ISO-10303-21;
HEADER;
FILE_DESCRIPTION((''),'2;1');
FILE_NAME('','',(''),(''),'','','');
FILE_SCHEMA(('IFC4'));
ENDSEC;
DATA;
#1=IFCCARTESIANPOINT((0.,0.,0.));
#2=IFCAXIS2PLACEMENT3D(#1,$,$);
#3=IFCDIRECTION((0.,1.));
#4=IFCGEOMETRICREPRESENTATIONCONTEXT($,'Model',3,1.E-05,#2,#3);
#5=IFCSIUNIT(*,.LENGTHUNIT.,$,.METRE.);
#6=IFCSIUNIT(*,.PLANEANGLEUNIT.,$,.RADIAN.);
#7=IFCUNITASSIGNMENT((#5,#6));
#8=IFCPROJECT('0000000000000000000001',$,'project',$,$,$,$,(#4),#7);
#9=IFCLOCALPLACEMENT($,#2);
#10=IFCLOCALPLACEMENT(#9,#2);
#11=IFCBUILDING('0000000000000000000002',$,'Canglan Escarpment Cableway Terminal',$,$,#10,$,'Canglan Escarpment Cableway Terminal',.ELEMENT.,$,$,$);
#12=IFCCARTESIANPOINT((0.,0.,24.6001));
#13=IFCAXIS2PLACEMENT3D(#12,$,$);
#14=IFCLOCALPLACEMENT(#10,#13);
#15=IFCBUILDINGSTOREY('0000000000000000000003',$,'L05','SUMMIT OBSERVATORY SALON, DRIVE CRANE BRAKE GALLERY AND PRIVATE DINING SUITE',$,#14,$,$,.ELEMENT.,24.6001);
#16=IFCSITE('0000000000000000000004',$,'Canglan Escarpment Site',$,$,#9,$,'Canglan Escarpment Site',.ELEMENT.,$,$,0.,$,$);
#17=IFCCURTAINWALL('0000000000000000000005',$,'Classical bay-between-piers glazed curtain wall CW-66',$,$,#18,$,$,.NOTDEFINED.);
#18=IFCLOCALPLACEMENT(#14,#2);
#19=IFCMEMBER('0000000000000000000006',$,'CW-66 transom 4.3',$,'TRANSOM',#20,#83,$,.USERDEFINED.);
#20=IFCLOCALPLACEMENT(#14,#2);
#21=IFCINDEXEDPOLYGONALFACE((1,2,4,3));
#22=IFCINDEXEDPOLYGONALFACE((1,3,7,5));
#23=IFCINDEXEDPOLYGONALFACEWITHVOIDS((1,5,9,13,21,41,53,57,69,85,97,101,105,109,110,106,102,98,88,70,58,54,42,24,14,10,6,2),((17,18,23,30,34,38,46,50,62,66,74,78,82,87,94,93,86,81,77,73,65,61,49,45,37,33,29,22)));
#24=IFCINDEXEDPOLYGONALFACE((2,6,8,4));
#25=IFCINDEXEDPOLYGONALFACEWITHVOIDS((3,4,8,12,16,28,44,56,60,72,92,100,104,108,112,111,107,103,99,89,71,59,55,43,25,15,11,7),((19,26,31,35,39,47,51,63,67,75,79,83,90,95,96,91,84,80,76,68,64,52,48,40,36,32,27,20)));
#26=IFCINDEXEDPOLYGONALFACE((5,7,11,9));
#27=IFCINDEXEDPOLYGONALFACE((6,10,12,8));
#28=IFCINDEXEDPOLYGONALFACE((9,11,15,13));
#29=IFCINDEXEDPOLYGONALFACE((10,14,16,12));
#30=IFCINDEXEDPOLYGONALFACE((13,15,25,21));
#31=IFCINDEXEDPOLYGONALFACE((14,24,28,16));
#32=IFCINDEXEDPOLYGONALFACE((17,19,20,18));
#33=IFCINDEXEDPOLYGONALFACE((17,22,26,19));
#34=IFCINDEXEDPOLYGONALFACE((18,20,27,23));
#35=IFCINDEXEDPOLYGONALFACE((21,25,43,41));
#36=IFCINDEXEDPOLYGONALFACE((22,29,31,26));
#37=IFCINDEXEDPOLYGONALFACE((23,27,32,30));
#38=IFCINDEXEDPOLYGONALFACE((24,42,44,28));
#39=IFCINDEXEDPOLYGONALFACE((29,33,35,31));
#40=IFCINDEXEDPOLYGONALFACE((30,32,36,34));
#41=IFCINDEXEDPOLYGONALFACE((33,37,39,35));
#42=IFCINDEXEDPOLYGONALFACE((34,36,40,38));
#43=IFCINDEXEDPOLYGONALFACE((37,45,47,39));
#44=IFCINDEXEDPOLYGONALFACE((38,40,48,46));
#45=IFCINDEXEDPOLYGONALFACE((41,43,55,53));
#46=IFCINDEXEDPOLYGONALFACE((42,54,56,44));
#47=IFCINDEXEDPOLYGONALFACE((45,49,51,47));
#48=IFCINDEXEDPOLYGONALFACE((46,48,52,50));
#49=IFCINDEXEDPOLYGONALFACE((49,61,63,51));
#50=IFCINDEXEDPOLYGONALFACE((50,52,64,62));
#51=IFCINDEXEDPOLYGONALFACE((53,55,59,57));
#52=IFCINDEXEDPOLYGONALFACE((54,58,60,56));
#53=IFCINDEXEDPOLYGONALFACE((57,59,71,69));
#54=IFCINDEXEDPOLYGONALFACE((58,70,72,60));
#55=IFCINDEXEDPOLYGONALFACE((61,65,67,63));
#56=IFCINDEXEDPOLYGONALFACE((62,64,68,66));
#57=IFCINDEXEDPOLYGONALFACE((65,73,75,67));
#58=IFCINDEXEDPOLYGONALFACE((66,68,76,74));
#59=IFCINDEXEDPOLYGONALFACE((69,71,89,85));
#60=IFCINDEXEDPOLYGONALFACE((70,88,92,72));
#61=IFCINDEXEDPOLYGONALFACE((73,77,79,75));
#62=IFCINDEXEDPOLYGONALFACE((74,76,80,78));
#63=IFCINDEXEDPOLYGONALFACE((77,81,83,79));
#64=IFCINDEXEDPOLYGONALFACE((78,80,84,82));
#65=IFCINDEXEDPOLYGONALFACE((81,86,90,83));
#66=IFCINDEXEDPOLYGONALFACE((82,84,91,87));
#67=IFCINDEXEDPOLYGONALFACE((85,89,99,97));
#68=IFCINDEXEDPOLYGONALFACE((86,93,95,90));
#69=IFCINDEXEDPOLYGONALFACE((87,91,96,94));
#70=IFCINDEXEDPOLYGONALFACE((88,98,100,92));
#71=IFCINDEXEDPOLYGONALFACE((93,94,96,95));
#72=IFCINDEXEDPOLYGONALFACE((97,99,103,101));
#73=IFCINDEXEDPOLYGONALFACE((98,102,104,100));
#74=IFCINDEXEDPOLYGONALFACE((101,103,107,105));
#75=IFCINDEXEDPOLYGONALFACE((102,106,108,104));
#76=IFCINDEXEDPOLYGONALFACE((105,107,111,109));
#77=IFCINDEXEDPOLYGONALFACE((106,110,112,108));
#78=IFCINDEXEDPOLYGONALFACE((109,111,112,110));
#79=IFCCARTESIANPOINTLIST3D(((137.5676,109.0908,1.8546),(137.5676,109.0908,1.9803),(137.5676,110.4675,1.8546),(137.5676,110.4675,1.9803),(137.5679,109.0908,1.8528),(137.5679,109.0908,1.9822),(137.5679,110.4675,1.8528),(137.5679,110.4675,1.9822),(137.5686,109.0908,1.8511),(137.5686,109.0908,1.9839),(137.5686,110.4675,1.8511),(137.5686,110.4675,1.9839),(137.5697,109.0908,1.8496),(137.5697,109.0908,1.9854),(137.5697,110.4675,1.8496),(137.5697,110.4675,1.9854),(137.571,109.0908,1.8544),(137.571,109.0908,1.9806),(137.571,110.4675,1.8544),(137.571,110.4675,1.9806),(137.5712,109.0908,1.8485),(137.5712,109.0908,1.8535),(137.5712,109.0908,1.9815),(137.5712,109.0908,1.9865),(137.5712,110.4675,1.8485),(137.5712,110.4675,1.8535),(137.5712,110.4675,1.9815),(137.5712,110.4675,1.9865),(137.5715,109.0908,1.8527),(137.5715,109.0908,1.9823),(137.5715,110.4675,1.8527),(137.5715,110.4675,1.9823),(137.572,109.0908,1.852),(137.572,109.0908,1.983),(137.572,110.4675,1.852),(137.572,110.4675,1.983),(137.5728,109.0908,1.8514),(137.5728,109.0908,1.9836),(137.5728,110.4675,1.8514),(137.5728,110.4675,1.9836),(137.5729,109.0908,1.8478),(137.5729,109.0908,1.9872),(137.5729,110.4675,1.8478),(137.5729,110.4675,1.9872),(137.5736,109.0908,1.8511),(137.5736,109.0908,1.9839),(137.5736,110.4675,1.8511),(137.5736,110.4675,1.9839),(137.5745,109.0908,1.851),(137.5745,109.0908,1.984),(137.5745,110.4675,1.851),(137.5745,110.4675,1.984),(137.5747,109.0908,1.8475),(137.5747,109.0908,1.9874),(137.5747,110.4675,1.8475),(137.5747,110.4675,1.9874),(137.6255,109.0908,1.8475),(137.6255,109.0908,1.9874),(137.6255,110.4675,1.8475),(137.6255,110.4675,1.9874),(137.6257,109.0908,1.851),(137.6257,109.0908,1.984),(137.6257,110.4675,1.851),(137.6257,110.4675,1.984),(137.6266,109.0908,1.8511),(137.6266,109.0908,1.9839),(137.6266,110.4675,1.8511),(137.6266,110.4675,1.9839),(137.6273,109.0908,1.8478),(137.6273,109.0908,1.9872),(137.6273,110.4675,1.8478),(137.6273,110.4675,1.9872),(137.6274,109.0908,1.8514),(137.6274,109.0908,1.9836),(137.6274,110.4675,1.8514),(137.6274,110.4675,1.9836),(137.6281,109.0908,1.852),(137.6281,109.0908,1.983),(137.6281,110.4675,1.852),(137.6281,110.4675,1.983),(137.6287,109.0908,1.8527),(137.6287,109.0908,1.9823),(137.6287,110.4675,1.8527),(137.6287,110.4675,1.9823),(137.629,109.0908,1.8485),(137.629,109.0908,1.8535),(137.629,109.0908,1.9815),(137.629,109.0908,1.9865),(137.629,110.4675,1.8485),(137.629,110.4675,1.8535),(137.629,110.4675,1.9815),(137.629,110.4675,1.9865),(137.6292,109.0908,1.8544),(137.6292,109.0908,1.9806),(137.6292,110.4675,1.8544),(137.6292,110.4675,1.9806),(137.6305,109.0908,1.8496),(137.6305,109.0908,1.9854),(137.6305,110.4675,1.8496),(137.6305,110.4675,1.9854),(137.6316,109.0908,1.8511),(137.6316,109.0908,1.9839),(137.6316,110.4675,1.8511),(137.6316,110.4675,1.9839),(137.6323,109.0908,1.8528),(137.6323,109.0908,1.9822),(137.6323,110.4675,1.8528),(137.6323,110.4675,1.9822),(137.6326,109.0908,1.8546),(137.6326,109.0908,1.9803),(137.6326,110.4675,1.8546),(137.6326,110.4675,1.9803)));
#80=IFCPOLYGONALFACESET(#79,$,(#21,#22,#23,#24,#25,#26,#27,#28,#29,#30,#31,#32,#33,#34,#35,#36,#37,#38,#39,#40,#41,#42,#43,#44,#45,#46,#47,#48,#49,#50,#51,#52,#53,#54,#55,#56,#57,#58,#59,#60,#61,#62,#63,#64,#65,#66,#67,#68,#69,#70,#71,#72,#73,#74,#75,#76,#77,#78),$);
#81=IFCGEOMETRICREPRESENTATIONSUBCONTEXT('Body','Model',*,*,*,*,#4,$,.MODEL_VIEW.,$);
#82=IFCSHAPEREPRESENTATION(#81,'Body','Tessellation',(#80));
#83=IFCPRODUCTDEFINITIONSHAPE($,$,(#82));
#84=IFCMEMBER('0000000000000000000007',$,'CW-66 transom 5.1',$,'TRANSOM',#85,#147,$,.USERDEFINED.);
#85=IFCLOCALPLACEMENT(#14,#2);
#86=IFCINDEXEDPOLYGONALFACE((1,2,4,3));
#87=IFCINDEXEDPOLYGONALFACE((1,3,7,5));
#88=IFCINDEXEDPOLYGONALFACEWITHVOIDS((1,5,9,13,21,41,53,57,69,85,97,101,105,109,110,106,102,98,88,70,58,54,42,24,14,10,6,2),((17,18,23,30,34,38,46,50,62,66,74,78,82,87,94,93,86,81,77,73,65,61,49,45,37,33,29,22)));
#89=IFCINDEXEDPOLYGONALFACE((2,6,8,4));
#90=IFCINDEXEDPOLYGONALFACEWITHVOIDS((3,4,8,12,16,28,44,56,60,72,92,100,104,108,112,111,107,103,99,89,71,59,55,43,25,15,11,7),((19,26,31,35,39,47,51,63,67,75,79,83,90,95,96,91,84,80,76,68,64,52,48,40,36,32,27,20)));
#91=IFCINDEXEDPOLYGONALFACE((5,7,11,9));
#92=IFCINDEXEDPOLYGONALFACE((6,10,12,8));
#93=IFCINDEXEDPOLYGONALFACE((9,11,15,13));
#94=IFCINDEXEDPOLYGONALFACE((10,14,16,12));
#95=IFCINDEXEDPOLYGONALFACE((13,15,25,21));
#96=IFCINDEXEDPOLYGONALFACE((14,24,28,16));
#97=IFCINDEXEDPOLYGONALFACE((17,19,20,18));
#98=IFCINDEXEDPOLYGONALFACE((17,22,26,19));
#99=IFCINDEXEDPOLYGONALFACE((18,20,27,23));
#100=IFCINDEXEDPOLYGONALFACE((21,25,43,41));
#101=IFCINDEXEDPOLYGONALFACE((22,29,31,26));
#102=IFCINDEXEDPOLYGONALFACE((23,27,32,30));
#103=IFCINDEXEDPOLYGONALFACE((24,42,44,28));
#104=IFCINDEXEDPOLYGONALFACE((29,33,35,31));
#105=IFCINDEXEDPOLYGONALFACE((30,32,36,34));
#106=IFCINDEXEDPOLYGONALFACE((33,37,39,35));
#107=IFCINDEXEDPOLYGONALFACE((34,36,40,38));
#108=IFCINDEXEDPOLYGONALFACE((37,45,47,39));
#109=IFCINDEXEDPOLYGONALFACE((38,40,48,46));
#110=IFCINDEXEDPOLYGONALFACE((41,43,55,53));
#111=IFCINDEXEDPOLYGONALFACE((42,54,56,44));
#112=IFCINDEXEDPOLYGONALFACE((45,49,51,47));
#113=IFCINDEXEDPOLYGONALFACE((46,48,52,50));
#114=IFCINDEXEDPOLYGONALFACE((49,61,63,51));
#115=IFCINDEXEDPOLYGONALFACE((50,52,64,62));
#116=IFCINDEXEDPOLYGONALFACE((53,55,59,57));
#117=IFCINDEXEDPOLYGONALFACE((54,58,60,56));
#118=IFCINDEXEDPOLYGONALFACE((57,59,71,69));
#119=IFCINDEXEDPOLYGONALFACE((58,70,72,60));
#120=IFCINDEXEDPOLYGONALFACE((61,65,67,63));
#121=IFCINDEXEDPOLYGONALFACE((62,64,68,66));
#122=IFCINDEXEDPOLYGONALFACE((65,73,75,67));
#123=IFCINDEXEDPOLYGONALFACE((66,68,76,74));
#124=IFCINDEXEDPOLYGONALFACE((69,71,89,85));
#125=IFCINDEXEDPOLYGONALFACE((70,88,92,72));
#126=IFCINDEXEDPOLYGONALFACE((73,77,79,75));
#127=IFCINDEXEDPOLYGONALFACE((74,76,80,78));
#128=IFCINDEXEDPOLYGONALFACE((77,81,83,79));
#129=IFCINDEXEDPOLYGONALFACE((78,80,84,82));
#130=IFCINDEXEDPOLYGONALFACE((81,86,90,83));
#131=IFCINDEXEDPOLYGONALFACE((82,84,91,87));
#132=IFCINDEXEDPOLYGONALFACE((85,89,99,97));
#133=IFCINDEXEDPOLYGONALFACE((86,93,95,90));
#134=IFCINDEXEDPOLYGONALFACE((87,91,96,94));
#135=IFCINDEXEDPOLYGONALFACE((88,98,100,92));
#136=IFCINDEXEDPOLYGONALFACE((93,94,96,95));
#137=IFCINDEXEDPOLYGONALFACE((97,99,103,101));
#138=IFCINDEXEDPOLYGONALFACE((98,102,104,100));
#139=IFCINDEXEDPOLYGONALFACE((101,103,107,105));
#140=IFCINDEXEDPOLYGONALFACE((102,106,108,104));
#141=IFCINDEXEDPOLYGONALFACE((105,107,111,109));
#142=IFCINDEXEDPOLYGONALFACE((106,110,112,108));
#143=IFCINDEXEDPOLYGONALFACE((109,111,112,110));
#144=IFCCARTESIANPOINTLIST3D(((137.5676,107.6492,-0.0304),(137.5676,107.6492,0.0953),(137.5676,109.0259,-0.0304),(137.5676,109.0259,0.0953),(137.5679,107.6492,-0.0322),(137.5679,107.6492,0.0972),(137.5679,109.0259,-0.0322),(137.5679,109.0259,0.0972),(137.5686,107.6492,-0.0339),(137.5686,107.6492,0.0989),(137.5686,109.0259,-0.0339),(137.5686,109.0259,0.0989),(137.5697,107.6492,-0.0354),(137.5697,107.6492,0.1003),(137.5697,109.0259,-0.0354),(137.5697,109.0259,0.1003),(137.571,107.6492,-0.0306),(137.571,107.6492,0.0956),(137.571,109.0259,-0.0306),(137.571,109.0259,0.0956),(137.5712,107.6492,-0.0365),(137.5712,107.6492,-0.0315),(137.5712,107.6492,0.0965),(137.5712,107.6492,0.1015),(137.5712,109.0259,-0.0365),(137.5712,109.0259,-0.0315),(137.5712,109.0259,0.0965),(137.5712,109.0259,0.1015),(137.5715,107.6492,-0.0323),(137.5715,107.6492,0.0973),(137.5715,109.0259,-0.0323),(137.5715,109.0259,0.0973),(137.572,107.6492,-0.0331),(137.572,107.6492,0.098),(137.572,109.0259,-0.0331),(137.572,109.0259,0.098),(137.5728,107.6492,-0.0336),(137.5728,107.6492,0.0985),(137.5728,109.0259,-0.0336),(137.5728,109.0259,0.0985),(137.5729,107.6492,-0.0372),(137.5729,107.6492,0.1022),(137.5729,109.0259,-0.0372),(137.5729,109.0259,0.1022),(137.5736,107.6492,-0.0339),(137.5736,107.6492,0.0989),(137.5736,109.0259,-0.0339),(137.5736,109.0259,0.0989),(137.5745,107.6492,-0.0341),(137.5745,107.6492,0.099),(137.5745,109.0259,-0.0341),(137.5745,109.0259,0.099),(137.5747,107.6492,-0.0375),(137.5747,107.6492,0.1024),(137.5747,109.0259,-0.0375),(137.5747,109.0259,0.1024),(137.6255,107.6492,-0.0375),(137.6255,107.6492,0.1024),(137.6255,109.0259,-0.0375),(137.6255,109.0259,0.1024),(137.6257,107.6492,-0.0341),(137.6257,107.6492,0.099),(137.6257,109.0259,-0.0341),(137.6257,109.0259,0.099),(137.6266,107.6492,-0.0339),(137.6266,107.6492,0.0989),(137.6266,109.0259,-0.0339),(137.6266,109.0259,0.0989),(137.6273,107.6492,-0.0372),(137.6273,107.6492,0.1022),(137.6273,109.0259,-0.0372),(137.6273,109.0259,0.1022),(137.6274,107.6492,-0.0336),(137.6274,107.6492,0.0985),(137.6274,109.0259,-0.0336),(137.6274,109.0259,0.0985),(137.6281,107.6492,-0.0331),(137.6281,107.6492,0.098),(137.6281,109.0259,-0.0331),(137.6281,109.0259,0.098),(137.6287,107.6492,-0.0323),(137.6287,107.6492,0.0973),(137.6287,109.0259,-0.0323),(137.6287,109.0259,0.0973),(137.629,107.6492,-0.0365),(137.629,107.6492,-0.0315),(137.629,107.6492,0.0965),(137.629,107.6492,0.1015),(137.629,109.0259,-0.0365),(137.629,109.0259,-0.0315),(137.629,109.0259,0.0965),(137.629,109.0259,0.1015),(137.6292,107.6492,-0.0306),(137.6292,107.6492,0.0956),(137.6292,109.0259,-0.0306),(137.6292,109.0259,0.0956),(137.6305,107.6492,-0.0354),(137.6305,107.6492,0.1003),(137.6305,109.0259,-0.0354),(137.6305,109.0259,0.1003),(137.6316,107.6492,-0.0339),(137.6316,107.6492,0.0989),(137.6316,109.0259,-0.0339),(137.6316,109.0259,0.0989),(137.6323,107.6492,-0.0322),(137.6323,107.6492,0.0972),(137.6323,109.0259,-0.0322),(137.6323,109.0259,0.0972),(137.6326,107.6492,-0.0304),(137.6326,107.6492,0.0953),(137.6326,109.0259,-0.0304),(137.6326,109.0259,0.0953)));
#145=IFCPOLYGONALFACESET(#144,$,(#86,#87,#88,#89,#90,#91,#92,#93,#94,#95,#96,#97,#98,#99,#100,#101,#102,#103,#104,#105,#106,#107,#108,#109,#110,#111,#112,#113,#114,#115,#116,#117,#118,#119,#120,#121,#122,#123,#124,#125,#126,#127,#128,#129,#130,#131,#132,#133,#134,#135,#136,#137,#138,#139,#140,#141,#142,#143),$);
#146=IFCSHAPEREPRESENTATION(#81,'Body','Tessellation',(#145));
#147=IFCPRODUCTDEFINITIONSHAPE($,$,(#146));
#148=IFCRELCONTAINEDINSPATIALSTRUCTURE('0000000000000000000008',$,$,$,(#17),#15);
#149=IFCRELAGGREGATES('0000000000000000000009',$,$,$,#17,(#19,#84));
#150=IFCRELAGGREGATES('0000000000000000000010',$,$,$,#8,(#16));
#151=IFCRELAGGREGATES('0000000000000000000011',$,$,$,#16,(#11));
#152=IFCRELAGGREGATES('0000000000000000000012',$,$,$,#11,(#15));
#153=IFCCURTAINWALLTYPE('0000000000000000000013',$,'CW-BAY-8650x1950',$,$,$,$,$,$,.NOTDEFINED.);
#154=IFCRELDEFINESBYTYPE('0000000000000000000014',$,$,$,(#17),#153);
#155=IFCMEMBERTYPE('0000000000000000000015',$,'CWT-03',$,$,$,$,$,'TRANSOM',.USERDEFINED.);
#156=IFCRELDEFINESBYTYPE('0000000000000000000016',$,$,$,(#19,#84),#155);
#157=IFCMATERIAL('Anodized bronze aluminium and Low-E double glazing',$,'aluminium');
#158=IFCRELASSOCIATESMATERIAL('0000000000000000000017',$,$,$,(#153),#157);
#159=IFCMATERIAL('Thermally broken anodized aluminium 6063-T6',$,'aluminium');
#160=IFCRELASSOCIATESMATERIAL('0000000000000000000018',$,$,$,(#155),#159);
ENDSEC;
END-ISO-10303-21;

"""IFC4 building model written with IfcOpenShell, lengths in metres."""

from ifc_helpers import new_model, si_unit, direction, frame, origin, origin_2d, place, context, subcontext, project, spatial, hollow_rectangle, extrude, material, material_profile, profile_set, type_object, element, aggregate, save


model = new_model("IFC4")

# Units and contexts
model_context = context("Model", 3, precision=1e-05, world=origin(), true_north=direction((0.0, 1.0)))
body_context = subcontext(model_context, "Body", "Model", "MODEL_VIEW")
ifc_project = project(units=[si_unit("LENGTHUNIT", "METRE"), si_unit("PLANEANGLEUNIT", "RADIAN")], contexts=[model_context])

# Site, building, storey
site_placement = place(None, origin())
site = spatial("IfcSite", under=ifc_project, at=site_placement, Name="Canglan Escarpment Site", LongName="Canglan Escarpment Site", CompositionType="ELEMENT", RefElevation=0.0)
building_placement = place(site_placement, origin())
building = spatial("IfcBuilding", under=site, at=building_placement, Name="Canglan Escarpment Cableway Terminal", LongName="Canglan Escarpment Cableway Terminal", CompositionType="ELEMENT")
storey_placement = place(building_placement, frame((0.0, 0.0, 24.6001)))
storey = spatial("IfcBuildingStorey", under=building, at=storey_placement, Name="L05", Description="SUMMIT OBSERVATORY SALON, DRIVE CRANE BRAKE GALLERY AND PRIVATE DINING SUITE", CompositionType="ELEMENT", Elevation=24.6001)

# Curtain wall, members
ifc_material_1 = material(Name="Anodized bronze aluminium and Low-E double glazing", Category="aluminium")
curtain_wall_type = type_object("IfcCurtainWallType", Name="CW-BAY-8650x1950", PredefinedType="NOTDEFINED", material=ifc_material_1)
curtain_wall_placement = place(storey_placement, origin())
curtain_wall = element("IfcCurtainWall", 1, at=curtain_wall_placement, inside=storey, type_object=curtain_wall_type, Name="Classical bay-between-piers glazed curtain wall CW-66", PredefinedType="NOTDEFINED")
ifc_material_2 = material(Name="Thermally broken anodized aluminium 6063-T6", Category="aluminium")
ifc_material_profile_1 = material_profile(ifc_material_2, hollow_rectangle(XDim=0.0649, YDim=0.1399, WallThickness=0.0034, InnerFilletRadius=0.0034, OuterFilletRadius=0.0071, at=origin_2d()), Name="ALU-TRAN 65x140x3.5")
ifc_profile_set_1 = profile_set([ifc_material_profile_1], Name="Thermally broken anodized aluminium 6063-T6")
member_type_1 = type_object("IfcMemberType", Name="CWT-03", ElementType="TRANSOM", PredefinedType="USERDEFINED", material=ifc_profile_set_1)
member_1_placement = place(storey_placement, frame((137.6001, 110.4675, 1.9175), z_axis=(0.0, -1.0, 0.0), x_axis=(1.0, 0.0, 0.0)))
member_1 = element("IfcMember", 2, at=member_1_placement, type_object=member_type_1, Name="CW-66 transom 4.3", ObjectType="TRANSOM", PredefinedType="USERDEFINED", context=body_context, shape_type="SweptSolid", body=[
    extrude(hollow_rectangle(XDim=0.0649, YDim=0.1399, WallThickness=0.0034, InnerFilletRadius=0.0034, OuterFilletRadius=0.0071, at=origin_2d()), origin(), (0.0, 0.0, 1.0), 1.3767),
])
member_2_placement = place(storey_placement, frame((137.6001, 109.0259, 0.0325), z_axis=(0.0, -1.0, 0.0), x_axis=(1.0, 0.0, 0.0)))
member_2 = element("IfcMember", 3, at=member_2_placement, type_object=member_type_1, Name="CW-66 transom 5.1", ObjectType="TRANSOM", PredefinedType="USERDEFINED", context=body_context, shape_type="SweptSolid", body=[
    extrude(hollow_rectangle(XDim=0.0649, YDim=0.1399, WallThickness=0.0034, InnerFilletRadius=0.0034, OuterFilletRadius=0.0071, at=origin_2d()), origin(), (0.0, 0.0, 1.0), 1.3767),
])

aggregate(curtain_wall, [member_1, member_2])

save(model, "model.ifc")
